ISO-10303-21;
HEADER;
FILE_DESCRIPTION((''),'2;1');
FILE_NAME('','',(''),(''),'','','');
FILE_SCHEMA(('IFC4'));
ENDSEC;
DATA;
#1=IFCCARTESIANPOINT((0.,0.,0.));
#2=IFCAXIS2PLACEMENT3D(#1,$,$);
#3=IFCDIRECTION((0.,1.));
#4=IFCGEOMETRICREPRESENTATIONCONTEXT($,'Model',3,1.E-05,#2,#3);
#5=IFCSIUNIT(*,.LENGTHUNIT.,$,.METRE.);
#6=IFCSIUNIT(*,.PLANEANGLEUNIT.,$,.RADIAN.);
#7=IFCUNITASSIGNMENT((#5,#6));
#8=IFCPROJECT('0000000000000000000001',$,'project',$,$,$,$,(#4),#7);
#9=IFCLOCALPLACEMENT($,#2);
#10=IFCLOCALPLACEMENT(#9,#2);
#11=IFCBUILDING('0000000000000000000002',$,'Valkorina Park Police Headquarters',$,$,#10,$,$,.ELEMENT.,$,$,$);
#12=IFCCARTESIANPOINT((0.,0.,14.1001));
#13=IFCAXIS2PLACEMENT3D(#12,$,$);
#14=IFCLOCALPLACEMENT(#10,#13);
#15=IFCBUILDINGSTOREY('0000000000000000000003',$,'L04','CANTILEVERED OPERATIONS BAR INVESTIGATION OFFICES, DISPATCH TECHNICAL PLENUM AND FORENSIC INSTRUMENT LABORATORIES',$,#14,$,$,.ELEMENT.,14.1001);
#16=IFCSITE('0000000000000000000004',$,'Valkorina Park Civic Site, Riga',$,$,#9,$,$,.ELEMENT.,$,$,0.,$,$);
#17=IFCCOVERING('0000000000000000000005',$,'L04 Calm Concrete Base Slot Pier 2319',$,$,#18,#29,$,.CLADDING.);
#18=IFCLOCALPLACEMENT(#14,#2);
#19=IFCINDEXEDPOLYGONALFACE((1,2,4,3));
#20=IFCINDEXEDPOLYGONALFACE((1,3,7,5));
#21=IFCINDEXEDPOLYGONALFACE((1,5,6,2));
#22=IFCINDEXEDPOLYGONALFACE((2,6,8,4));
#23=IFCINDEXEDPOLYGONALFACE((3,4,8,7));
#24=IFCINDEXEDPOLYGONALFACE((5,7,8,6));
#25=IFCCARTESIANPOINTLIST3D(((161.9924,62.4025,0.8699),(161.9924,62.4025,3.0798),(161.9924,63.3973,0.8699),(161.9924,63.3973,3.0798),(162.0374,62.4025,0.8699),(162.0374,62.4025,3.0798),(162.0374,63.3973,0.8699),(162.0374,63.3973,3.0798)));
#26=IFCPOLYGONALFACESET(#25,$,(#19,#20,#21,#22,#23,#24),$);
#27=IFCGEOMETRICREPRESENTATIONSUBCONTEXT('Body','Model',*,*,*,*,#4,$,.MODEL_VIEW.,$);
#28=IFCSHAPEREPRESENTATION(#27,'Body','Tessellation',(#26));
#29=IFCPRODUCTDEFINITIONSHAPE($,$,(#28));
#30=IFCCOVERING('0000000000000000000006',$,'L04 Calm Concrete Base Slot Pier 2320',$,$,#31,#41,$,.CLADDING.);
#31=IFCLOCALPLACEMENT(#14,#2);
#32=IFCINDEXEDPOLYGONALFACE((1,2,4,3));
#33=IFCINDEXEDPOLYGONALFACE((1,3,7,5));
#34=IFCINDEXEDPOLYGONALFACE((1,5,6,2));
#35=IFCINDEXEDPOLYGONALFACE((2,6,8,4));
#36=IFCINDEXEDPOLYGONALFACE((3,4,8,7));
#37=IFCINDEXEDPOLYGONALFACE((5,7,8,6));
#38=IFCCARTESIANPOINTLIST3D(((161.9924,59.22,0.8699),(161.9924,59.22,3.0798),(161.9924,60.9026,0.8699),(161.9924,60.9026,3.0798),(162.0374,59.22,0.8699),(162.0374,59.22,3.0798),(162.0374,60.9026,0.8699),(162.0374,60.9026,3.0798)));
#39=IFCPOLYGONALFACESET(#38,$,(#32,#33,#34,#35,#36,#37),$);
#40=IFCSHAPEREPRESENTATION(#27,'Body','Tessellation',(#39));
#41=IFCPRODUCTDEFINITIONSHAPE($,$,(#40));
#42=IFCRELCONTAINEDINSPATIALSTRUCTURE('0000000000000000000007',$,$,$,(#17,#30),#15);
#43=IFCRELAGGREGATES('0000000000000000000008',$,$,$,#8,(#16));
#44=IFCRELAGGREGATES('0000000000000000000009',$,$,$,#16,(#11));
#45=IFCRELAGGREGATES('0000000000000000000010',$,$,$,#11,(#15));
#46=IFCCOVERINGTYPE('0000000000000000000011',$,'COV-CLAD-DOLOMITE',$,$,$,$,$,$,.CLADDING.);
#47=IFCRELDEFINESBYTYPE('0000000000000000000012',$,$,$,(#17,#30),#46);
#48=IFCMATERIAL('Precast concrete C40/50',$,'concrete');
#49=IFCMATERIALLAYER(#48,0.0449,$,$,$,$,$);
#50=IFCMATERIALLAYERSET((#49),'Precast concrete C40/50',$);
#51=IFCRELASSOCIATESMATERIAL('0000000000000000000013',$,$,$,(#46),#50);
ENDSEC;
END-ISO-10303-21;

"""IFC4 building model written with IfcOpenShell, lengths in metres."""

from ifc_helpers import new_model, si_unit, direction, frame, frame_2d, origin, place, context, subcontext, project, spatial, rectangle, extrude, material, layer, layer_set, type_object, element, save


model = new_model("IFC4")

# Units and contexts
model_context = context("Model", 3, precision=1e-05, world=origin(), true_north=direction((0.0, 1.0)))
body_context = subcontext(model_context, "Body", "Model", "MODEL_VIEW")
ifc_project = project(units=[si_unit("LENGTHUNIT", "METRE"), si_unit("PLANEANGLEUNIT", "RADIAN")], contexts=[model_context])

# Site, building, storey
site_placement = place(None, origin())
site = spatial("IfcSite", under=ifc_project, at=site_placement, Name="Valkorina Park Civic Site, Riga", CompositionType="ELEMENT", RefElevation=0.0)
building_placement = place(site_placement, origin())
building = spatial("IfcBuilding", under=site, at=building_placement, Name="Valkorina Park Police Headquarters", CompositionType="ELEMENT")
storey_placement = place(building_placement, frame((0.0, 0.0, 14.1001)))
storey = spatial("IfcBuildingStorey", under=building, at=storey_placement, Name="L04", Description="CANTILEVERED OPERATIONS BAR INVESTIGATION OFFICES, DISPATCH TECHNICAL PLENUM AND FORENSIC INSTRUMENT LABORATORIES", CompositionType="ELEMENT", Elevation=14.1001)

# Shared definitions
ifc_material_1 = material(Name="Precast concrete C40/50", Category="concrete")

# Coverings
ifc_layer_1 = layer(ifc_material_1, 0.0449)
ifc_layer_set_1 = layer_set([ifc_layer_1], Name="Precast concrete C40/50")
covering_type = type_object("IfcCoveringType", Name="COV-CLAD-DOLOMITE", PredefinedType="CLADDING", material=ifc_layer_set_1)
covering_1_placement = place(storey_placement, frame((162.0149, 63.3975, 0.8699), z_axis=(0.0, 0.0, 1.0), x_axis=(0.0, -1.0, 0.0)))
element("IfcCovering", 1, at=covering_1_placement, inside=storey, type_object=covering_type, Name="L04 Calm Concrete Base Slot Pier 2319", PredefinedType="CLADDING", context=body_context, shape_type="SweptSolid", body=[
    extrude(rectangle(XDim=0.9949, YDim=0.0449, at=frame_2d((0.4976, 0.0))), origin(), (0.0, 0.0, 1.0), 2.21),
])
covering_2_placement = place(storey_placement, frame((162.0149, 60.9026, 0.8699), z_axis=(0.0, 0.0, 1.0), x_axis=(0.0, -1.0, 0.0)))
element("IfcCovering", 2, at=covering_2_placement, inside=storey, type_object=covering_type, Name="L04 Calm Concrete Base Slot Pier 2320", PredefinedType="CLADDING", context=body_context, shape_type="SweptSolid", body=[
    extrude(rectangle(XDim=1.6826, YDim=0.0449, at=frame_2d((0.8413, 0.0))), origin(), (0.0, 0.0, 1.0), 2.21),
])

save(model, "model.ifc")
